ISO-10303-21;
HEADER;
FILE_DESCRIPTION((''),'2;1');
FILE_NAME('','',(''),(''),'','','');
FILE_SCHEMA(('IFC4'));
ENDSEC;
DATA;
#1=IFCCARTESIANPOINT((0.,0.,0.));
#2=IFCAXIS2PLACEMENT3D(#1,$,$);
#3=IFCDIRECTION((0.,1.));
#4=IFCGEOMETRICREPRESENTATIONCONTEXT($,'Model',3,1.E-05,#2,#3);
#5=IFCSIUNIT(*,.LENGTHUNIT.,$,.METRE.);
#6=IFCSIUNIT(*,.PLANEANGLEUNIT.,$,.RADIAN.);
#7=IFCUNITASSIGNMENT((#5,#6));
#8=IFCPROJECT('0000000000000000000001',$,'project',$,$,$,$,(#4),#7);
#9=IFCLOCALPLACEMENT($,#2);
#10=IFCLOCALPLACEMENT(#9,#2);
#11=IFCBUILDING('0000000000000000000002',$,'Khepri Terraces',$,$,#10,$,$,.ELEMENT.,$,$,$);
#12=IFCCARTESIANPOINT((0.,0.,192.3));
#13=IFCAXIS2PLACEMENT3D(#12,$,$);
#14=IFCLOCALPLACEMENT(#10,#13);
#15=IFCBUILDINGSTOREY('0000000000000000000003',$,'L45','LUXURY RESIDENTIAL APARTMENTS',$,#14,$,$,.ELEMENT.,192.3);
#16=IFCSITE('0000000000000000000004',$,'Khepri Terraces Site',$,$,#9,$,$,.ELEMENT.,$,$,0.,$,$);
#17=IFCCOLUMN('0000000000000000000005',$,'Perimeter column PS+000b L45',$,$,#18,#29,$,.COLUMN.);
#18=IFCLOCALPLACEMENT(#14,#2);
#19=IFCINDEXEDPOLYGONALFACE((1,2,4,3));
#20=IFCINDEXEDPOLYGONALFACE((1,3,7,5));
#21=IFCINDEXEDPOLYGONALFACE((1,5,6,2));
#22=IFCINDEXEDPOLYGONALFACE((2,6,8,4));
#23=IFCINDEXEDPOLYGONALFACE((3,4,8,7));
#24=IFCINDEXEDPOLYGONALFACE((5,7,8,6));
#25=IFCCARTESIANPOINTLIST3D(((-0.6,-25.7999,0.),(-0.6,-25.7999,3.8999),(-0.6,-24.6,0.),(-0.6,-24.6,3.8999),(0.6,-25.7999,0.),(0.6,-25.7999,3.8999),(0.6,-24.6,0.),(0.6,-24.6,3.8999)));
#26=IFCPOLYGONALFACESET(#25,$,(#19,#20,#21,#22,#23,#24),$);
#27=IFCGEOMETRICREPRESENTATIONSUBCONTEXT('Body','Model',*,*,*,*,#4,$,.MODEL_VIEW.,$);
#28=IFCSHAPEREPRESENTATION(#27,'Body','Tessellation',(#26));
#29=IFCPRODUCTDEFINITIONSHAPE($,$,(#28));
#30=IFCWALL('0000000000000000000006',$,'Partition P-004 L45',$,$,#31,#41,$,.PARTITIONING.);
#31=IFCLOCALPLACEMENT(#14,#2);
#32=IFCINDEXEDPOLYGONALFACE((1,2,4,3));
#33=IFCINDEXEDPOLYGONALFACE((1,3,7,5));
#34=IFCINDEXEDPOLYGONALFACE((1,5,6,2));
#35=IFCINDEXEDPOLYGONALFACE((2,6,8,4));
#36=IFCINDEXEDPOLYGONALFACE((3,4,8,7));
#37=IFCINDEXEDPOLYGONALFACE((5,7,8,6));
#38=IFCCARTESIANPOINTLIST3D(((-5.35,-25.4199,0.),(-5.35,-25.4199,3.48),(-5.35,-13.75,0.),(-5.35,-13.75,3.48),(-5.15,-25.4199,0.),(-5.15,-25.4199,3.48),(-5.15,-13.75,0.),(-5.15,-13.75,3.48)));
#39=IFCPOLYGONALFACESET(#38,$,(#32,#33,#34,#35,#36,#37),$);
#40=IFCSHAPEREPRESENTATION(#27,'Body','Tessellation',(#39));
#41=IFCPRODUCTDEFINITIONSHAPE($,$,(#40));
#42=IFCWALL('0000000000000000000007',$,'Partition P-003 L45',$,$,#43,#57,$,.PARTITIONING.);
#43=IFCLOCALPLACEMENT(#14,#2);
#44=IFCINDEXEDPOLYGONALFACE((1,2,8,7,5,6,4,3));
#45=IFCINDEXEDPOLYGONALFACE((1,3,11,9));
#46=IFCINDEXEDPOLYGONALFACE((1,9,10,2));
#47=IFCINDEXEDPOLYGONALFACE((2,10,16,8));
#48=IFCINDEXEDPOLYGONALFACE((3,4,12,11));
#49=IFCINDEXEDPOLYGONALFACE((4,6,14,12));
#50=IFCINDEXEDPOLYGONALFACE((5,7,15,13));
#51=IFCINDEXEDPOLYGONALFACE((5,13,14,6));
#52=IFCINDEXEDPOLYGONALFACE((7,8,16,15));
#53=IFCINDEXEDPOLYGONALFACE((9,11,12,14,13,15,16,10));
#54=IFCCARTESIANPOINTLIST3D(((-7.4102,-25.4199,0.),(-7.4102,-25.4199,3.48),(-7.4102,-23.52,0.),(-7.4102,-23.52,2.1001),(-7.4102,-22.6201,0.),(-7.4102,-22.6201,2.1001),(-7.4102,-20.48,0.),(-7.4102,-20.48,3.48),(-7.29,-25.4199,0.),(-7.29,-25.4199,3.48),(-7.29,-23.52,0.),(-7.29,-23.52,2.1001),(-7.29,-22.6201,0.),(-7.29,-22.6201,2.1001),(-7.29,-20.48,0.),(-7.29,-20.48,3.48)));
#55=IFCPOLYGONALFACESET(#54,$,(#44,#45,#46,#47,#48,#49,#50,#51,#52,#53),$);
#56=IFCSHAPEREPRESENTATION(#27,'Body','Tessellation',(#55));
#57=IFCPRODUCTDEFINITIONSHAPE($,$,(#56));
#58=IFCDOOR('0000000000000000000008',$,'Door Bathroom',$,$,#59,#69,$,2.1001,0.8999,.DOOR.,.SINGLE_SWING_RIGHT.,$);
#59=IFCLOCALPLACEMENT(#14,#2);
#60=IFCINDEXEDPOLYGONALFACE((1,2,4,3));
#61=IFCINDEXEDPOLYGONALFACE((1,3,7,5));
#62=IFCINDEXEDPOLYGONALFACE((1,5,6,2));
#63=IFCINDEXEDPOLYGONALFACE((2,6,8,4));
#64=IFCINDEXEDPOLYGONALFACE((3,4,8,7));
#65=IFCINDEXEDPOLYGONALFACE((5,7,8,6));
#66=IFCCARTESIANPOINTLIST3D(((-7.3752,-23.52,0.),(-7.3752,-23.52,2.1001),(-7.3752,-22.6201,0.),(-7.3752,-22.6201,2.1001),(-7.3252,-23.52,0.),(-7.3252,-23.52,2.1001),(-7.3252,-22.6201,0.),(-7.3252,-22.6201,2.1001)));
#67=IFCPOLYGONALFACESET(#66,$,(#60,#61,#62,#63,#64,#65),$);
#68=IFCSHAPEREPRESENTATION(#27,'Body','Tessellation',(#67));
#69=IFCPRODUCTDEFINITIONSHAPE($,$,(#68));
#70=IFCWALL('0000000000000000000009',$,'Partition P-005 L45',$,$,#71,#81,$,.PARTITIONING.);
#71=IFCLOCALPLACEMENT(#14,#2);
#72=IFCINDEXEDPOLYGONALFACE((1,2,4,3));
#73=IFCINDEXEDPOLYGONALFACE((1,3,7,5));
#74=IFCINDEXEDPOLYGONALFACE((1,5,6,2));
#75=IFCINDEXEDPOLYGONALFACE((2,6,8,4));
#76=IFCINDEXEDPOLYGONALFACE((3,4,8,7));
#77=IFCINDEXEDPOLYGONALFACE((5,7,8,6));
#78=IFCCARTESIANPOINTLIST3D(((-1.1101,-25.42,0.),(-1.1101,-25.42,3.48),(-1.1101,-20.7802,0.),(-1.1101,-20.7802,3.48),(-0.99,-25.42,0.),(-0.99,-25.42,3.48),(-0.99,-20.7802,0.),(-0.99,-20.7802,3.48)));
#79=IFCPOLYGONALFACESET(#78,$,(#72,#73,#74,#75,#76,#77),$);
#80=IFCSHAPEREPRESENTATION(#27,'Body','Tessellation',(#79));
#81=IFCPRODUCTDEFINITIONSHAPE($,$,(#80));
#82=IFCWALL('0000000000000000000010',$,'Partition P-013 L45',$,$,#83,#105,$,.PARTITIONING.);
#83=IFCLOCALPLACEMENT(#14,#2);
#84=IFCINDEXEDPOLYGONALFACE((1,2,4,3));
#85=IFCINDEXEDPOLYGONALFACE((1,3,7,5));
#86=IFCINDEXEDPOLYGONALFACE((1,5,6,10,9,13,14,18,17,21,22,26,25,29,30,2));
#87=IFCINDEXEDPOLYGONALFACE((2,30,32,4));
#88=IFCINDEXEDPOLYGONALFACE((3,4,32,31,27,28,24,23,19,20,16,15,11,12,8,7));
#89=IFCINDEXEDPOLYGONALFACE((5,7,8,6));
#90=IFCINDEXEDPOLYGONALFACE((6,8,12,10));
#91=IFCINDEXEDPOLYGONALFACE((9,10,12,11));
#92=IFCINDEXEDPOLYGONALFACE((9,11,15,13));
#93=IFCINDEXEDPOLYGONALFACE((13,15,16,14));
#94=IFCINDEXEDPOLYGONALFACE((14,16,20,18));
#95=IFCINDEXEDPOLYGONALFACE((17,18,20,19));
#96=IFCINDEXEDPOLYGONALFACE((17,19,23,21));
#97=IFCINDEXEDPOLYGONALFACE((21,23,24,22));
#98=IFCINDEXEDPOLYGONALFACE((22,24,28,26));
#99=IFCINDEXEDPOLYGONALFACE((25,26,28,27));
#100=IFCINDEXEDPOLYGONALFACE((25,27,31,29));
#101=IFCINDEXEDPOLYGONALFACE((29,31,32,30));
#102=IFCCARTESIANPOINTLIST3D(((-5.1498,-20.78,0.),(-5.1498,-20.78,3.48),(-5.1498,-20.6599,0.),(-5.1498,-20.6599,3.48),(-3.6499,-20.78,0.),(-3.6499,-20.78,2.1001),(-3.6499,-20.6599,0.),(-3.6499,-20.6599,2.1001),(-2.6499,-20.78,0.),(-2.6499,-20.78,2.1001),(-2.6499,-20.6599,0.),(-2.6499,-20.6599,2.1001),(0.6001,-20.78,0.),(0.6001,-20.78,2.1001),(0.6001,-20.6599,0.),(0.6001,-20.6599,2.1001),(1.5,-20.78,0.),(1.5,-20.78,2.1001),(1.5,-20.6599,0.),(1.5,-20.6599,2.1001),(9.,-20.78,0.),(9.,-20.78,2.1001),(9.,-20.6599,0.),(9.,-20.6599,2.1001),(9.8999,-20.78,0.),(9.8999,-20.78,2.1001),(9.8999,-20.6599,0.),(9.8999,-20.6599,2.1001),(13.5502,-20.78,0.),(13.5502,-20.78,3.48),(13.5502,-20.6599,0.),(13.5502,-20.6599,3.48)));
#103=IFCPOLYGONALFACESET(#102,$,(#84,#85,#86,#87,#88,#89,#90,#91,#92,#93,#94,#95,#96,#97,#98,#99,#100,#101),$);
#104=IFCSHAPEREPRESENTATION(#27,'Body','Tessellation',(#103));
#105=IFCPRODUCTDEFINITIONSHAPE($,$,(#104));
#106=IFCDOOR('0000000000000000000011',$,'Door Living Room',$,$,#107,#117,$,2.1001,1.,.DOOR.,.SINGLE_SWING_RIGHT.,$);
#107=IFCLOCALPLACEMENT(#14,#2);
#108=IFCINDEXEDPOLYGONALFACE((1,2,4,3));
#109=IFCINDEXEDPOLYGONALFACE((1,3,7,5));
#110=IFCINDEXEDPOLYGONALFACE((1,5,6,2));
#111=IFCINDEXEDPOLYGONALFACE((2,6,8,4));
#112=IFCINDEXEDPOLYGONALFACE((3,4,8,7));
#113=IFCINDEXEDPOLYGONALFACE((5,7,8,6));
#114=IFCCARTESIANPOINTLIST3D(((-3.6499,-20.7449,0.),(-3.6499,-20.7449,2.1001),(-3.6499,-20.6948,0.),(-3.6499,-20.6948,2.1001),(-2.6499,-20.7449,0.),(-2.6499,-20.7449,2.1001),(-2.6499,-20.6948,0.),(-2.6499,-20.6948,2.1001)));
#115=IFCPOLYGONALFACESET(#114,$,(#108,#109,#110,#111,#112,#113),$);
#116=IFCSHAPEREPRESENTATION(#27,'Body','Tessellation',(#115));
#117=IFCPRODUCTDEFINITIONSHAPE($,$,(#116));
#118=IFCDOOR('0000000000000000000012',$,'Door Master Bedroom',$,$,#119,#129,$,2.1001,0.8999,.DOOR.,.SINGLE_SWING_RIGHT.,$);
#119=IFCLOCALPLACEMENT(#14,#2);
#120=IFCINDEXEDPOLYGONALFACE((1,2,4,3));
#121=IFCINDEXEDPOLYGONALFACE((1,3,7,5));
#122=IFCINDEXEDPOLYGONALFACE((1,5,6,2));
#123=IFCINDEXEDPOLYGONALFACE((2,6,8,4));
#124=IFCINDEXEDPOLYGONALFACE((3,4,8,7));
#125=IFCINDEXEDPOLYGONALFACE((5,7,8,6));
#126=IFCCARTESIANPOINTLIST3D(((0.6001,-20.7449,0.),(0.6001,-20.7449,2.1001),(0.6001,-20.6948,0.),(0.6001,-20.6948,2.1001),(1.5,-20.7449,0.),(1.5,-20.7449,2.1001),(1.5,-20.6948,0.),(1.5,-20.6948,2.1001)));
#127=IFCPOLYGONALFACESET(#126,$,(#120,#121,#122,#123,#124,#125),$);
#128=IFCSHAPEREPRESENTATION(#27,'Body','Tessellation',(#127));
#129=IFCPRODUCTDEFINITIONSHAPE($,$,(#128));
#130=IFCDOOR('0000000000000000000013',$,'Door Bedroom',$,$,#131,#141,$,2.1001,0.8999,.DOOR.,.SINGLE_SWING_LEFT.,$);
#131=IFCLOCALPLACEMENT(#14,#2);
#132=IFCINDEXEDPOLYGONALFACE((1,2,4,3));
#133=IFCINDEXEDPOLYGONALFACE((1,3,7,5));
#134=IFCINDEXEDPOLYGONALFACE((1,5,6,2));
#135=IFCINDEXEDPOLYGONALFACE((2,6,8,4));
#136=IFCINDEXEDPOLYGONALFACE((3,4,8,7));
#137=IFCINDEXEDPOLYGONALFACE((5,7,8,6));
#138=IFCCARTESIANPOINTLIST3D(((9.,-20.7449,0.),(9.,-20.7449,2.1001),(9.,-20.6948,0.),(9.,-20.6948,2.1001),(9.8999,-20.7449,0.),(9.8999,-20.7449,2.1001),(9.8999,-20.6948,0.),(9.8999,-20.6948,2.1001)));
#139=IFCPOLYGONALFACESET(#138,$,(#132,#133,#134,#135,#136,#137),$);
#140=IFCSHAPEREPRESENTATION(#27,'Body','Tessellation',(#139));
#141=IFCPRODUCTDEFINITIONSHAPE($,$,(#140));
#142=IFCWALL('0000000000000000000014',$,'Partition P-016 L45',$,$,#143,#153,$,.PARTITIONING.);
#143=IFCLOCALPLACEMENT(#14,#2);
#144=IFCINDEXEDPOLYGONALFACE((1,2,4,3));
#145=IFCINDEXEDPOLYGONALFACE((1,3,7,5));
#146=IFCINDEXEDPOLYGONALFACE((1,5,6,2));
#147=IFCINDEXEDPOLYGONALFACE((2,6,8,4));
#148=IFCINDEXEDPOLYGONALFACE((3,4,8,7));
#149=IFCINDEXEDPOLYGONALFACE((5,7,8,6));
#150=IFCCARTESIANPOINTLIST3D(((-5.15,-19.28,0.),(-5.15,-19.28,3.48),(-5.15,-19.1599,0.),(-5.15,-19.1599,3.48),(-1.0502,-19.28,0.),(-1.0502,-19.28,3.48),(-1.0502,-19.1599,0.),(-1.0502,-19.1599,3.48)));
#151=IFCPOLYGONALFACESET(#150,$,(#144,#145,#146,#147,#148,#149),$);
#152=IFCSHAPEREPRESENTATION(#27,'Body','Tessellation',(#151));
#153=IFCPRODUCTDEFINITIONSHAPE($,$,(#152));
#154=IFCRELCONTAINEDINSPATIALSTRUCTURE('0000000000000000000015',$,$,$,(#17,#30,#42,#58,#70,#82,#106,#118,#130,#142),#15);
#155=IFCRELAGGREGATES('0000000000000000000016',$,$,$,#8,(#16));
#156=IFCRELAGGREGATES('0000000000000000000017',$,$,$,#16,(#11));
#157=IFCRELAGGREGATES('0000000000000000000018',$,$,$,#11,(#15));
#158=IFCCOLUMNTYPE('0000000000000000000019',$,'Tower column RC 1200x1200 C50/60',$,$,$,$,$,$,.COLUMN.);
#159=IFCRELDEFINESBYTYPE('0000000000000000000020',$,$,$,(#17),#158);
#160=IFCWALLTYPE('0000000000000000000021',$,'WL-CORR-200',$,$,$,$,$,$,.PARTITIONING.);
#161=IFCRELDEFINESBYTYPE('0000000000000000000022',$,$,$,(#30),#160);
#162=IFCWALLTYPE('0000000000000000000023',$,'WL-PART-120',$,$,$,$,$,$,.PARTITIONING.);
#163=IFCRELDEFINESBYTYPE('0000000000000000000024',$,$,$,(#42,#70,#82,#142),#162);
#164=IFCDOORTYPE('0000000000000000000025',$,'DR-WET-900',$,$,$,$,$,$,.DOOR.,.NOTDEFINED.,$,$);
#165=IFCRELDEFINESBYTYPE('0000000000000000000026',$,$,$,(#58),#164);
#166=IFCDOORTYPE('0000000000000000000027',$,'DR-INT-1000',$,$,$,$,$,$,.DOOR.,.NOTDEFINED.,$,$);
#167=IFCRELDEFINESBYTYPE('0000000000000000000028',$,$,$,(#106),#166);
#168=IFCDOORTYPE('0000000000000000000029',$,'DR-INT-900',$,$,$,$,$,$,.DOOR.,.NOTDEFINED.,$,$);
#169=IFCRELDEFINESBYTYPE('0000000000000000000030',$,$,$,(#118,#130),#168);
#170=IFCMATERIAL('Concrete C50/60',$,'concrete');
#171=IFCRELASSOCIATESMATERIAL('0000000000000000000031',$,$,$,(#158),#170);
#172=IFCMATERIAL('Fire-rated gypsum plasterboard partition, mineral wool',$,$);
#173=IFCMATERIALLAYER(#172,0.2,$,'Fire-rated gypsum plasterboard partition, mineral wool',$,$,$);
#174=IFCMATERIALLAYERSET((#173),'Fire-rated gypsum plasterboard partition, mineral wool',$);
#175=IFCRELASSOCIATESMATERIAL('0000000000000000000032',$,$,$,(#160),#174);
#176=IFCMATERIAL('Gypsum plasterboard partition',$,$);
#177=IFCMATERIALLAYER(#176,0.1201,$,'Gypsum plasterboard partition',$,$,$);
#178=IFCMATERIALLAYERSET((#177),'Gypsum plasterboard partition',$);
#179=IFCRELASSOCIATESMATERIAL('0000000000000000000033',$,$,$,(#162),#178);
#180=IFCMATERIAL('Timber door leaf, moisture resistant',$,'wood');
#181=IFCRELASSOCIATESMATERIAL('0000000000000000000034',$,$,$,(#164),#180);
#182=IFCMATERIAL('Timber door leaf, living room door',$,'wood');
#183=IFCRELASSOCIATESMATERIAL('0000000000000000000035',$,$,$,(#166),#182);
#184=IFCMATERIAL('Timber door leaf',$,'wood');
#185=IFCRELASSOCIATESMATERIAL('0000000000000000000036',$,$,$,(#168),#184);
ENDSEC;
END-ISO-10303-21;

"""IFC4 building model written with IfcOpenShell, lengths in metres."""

from ifc_helpers import new_model, si_unit, direction, frame, frame_2d, origin, origin_2d, place, context, subcontext, project, spatial, rectangle, extrude, material, layer, layer_set, material_profile, profile_set, type_object, element, fill, save


model = new_model("IFC4")

# Units and contexts
model_context = context("Model", 3, precision=1e-05, world=origin(), true_north=direction((0.0, 1.0)))
body_context = subcontext(model_context, "Body", "Model", "MODEL_VIEW")
ifc_project = project(units=[si_unit("LENGTHUNIT", "METRE"), si_unit("PLANEANGLEUNIT", "RADIAN")], contexts=[model_context])

# Site, building, storey
site_placement = place(None, origin())
site = spatial("IfcSite", under=ifc_project, at=site_placement, Name="Khepri Terraces Site", CompositionType="ELEMENT", RefElevation=0.0)
building_placement = place(site_placement, origin())
building = spatial("IfcBuilding", under=site, at=building_placement, Name="Khepri Terraces", CompositionType="ELEMENT")
storey_placement = place(building_placement, frame((0.0, 0.0, 192.3)))
storey = spatial("IfcBuildingStorey", under=building, at=storey_placement, Name="L45", Description="LUXURY RESIDENTIAL APARTMENTS", CompositionType="ELEMENT", Elevation=192.3)

# Column
ifc_material_1 = material(Name="Concrete C50/60", Category="concrete")
ifc_material_profile = material_profile(ifc_material_1, rectangle(XDim=1.2, YDim=1.2, at=origin_2d()), Name="Concrete C50/60", Category="concrete")
ifc_profile_set = profile_set([ifc_material_profile], Name="Concrete C50/60")
column_type = type_object("IfcColumnType", Name="Tower column RC 1200x1200 C50/60", PredefinedType="COLUMN", material=ifc_profile_set)
column_placement = place(storey_placement, frame((0.0, -25.2, 0.0), z_axis=(0.0, 0.0, 1.0), x_axis=(1.0, 0.0, 0.0)))
element("IfcColumn", 1, at=column_placement, inside=storey, type_object=column_type, Name="Perimeter column PS+000b L45", PredefinedType="COLUMN", context=body_context, shape_type="SweptSolid", body=[
    extrude(rectangle(XDim=1.2, YDim=1.2, at=origin_2d()), origin(), (0.0, 0.0, 1.0), 3.8999),
])

# Wall
ifc_material_2 = material(Name="Fire-rated gypsum plasterboard partition, mineral wool")
ifc_layer_1 = layer(ifc_material_2, 0.2, Name="Fire-rated gypsum plasterboard partition, mineral wool")
ifc_layer_set_1 = layer_set([ifc_layer_1], Name="Fire-rated gypsum plasterboard partition, mineral wool")
wall_type_1 = type_object("IfcWallType", Name="WL-CORR-200", PredefinedType="PARTITIONING", material=ifc_layer_set_1)
wall_1_placement = place(storey_placement, frame((-5.25, -25.4199, 0.0), z_axis=(0.0, 0.0, 1.0), x_axis=(0.0, 1.0, 0.0)))
element("IfcWall", 2, at=wall_1_placement, inside=storey, type_object=wall_type_1, Name="Partition P-004 L45", PredefinedType="PARTITIONING", context=body_context, shape_type="SweptSolid", body=[
    extrude(rectangle(XDim=11.6699, YDim=0.2, at=frame_2d((5.835, 0.0))), origin(), (0.0, 0.0, 1.0), 3.48),
])

# Wall, opening, door
ifc_material_3 = material(Name="Gypsum plasterboard partition")
ifc_layer_2 = layer(ifc_material_3, 0.1201, Name="Gypsum plasterboard partition")
ifc_layer_set_2 = layer_set([ifc_layer_2], Name="Gypsum plasterboard partition")
wall_type_2 = type_object("IfcWallType", Name="WL-PART-120", PredefinedType="PARTITIONING", material=ifc_layer_set_2)
wall_2_placement = place(storey_placement, frame((-7.3501, -25.4199, 0.0), z_axis=(0.0, 0.0, 1.0), x_axis=(0.0, 1.0, 0.0)))
wall_2 = element("IfcWall", 3, at=wall_2_placement, inside=storey, type_object=wall_type_2, Name="Partition P-003 L45", PredefinedType="PARTITIONING", context=body_context, shape_type="SweptSolid", body=[
    extrude(rectangle(XDim=4.9399, YDim=0.1201, at=frame_2d((2.47, 0.0))), origin(), (0.0, 0.0, 1.0), 3.48),
])
opening_1_placement = place(wall_2_placement, frame((1.8999, 0.0, 0.0)))
opening_1 = element("IfcOpeningElement", 4, at=opening_1_placement, cuts=wall_2, PredefinedType="OPENING", context=body_context, shape_type="SweptSolid", body=[
    extrude(rectangle(XDim=0.8999, YDim=2.1001, at=frame_2d((0.45, 1.05))), frame((0.0, 0.0701, 0.0), z_axis=(0.0, -1.0, 0.0), x_axis=(1.0, 0.0, 0.0)), (0.0, 0.0, 1.0), 0.1401),
])
ifc_material_4 = material(Name="Timber door leaf, moisture resistant", Category="wood")
door_type_1 = type_object("IfcDoorType", Name="DR-WET-900", OperationType="NOTDEFINED", PredefinedType="DOOR", material=ifc_material_4)
door_1_placement = place(opening_1_placement, frame((0.8999, 0.0, 0.0), z_axis=(0.0, 0.0, 1.0), x_axis=(-1.0, 0.0, 0.0)))
door_1 = element("IfcDoor", 5, at=door_1_placement, inside=storey, type_object=door_type_1, Name="Door Bathroom", OperationType="SINGLE_SWING_RIGHT", OverallHeight=2.1001, OverallWidth=0.8999, PredefinedType="DOOR", context=body_context, shape_type="SweptSolid", body=[
    extrude(rectangle(XDim=0.8999, YDim=2.1001, at=frame_2d((0.45, 1.05))), frame((0.0, 0.0249, 0.0), z_axis=(0.0, -1.0, 0.0), x_axis=(1.0, 0.0, 0.0)), (0.0, 0.0, 1.0), 0.05),
])
fill(opening_1, door_1)

# Wall
wall_3_placement = place(storey_placement, frame((-1.05, -25.4199, 0.0), z_axis=(0.0, 0.0, 1.0), x_axis=(0.0, 1.0, 0.0)))
element("IfcWall", 6, at=wall_3_placement, inside=storey, type_object=wall_type_2, Name="Partition P-005 L45", PredefinedType="PARTITIONING", context=body_context, shape_type="SweptSolid", body=[
    extrude(rectangle(XDim=4.6399, YDim=0.1201, at=frame_2d((2.3198, 0.0))), origin(), (0.0, 0.0, 1.0), 3.48),
])

# Wall, openings, doors
wall_4_placement = place(storey_placement, frame((-5.1499, -20.72, 0.0), z_axis=(0.0, 0.0, 1.0), x_axis=(1.0, 0.0, 0.0)))
wall_4 = element("IfcWall", 7, at=wall_4_placement, inside=storey, type_object=wall_type_2, Name="Partition P-013 L45", PredefinedType="PARTITIONING", context=body_context, shape_type="SweptSolid", body=[
    extrude(rectangle(XDim=18.7, YDim=0.1201, at=frame_2d((9.3501, 0.0))), origin(), (0.0, 0.0, 1.0), 3.48),
])
opening_2_placement = place(wall_4_placement, frame((1.5, 0.0, 0.0)))
opening_2 = element("IfcOpeningElement", 8, at=opening_2_placement, cuts=wall_4, PredefinedType="OPENING", context=body_context, shape_type="SweptSolid", body=[
    extrude(rectangle(XDim=1.0, YDim=2.1001, at=frame_2d((0.5, 1.05))), frame((0.0, 0.0701, 0.0), z_axis=(0.0, -1.0, 0.0), x_axis=(1.0, 0.0, 0.0)), (0.0, 0.0, 1.0), 0.1401),
])
opening_3_placement = place(wall_4_placement, frame((5.75, 0.0, 0.0)))
opening_3 = element("IfcOpeningElement", 9, at=opening_3_placement, cuts=wall_4, PredefinedType="OPENING", context=body_context, shape_type="SweptSolid", body=[
    extrude(rectangle(XDim=0.8999, YDim=2.1001, at=frame_2d((0.45, 1.05))), frame((0.0, 0.0701, 0.0), z_axis=(0.0, -1.0, 0.0), x_axis=(1.0, 0.0, 0.0)), (0.0, 0.0, 1.0), 0.1401),
])
opening_4_placement = place(wall_4_placement, frame((14.1499, 0.0, 0.0)))
opening_4 = element("IfcOpeningElement", 10, at=opening_4_placement, cuts=wall_4, PredefinedType="OPENING", context=body_context, shape_type="SweptSolid", body=[
    extrude(rectangle(XDim=0.8999, YDim=2.1001, at=frame_2d((0.45, 1.05))), frame((0.0, 0.0701, 0.0), z_axis=(0.0, -1.0, 0.0), x_axis=(1.0, 0.0, 0.0)), (0.0, 0.0, 1.0), 0.1401),
])
ifc_material_5 = material(Name="Timber door leaf, living room door", Category="wood")
door_type_2 = type_object("IfcDoorType", Name="DR-INT-1000", OperationType="NOTDEFINED", PredefinedType="DOOR", material=ifc_material_5)
door_2_placement = place(opening_2_placement, frame((1.0, 0.0, 0.0), z_axis=(0.0, 0.0, 1.0), x_axis=(-1.0, 0.0, 0.0)))
door_2 = element("IfcDoor", 11, at=door_2_placement, inside=storey, type_object=door_type_2, Name="Door Living Room", OperationType="SINGLE_SWING_RIGHT", OverallHeight=2.1001, OverallWidth=1.0, PredefinedType="DOOR", context=body_context, shape_type="SweptSolid", body=[
    extrude(rectangle(XDim=1.0, YDim=2.1001, at=frame_2d((0.5, 1.05))), frame((0.0, 0.0249, 0.0), z_axis=(0.0, -1.0, 0.0), x_axis=(1.0, 0.0, 0.0)), (0.0, 0.0, 1.0), 0.05),
])
fill(opening_2, door_2)
ifc_material_6 = material(Name="Timber door leaf", Category="wood")
door_type_3 = type_object("IfcDoorType", Name="DR-INT-900", OperationType="NOTDEFINED", PredefinedType="DOOR", material=ifc_material_6)
door_3_placement = place(opening_3_placement, frame((0.8999, 0.0, 0.0), z_axis=(0.0, 0.0, 1.0), x_axis=(-1.0, 0.0, 0.0)))
door_3 = element("IfcDoor", 12, at=door_3_placement, inside=storey, type_object=door_type_3, Name="Door Master Bedroom", OperationType="SINGLE_SWING_RIGHT", OverallHeight=2.1001, OverallWidth=0.8999, PredefinedType="DOOR", context=body_context, shape_type="SweptSolid", body=[
    extrude(rectangle(XDim=0.8999, YDim=2.1001, at=frame_2d((0.45, 1.05))), frame((0.0, 0.0249, 0.0), z_axis=(0.0, -1.0, 0.0), x_axis=(1.0, 0.0, 0.0)), (0.0, 0.0, 1.0), 0.05),
])
fill(opening_3, door_3)
door_4_placement = place(opening_4_placement, frame((0.8999, 0.0, 0.0), z_axis=(0.0, 0.0, 1.0), x_axis=(-1.0, 0.0, 0.0)))
door_4 = element("IfcDoor", 13, at=door_4_placement, inside=storey, type_object=door_type_3, Name="Door Bedroom", OperationType="SINGLE_SWING_LEFT", OverallHeight=2.1001, OverallWidth=0.8999, PredefinedType="DOOR", context=body_context, shape_type="SweptSolid", body=[
    extrude(rectangle(XDim=0.8999, YDim=2.1001, at=frame_2d((0.45, 1.05))), frame((0.0, 0.0249, 0.0), z_axis=(0.0, -1.0, 0.0), x_axis=(1.0, 0.0, 0.0)), (0.0, 0.0, 1.0), 0.05),
])
fill(opening_4, door_4)

# Wall
wall_5_placement = place(storey_placement, frame((-5.1499, -19.22, 0.0), z_axis=(0.0, 0.0, 1.0), x_axis=(1.0, 0.0, 0.0)))
element("IfcWall", 14, at=wall_5_placement, inside=storey, type_object=wall_type_2, Name="Partition P-016 L45", PredefinedType="PARTITIONING", context=body_context, shape_type="SweptSolid", body=[
    extrude(rectangle(XDim=4.0999, YDim=0.1201, at=frame_2d((2.0498, 0.0))), origin(), (0.0, 0.0, 1.0), 3.48),
])

save(model, "model.ifc")
